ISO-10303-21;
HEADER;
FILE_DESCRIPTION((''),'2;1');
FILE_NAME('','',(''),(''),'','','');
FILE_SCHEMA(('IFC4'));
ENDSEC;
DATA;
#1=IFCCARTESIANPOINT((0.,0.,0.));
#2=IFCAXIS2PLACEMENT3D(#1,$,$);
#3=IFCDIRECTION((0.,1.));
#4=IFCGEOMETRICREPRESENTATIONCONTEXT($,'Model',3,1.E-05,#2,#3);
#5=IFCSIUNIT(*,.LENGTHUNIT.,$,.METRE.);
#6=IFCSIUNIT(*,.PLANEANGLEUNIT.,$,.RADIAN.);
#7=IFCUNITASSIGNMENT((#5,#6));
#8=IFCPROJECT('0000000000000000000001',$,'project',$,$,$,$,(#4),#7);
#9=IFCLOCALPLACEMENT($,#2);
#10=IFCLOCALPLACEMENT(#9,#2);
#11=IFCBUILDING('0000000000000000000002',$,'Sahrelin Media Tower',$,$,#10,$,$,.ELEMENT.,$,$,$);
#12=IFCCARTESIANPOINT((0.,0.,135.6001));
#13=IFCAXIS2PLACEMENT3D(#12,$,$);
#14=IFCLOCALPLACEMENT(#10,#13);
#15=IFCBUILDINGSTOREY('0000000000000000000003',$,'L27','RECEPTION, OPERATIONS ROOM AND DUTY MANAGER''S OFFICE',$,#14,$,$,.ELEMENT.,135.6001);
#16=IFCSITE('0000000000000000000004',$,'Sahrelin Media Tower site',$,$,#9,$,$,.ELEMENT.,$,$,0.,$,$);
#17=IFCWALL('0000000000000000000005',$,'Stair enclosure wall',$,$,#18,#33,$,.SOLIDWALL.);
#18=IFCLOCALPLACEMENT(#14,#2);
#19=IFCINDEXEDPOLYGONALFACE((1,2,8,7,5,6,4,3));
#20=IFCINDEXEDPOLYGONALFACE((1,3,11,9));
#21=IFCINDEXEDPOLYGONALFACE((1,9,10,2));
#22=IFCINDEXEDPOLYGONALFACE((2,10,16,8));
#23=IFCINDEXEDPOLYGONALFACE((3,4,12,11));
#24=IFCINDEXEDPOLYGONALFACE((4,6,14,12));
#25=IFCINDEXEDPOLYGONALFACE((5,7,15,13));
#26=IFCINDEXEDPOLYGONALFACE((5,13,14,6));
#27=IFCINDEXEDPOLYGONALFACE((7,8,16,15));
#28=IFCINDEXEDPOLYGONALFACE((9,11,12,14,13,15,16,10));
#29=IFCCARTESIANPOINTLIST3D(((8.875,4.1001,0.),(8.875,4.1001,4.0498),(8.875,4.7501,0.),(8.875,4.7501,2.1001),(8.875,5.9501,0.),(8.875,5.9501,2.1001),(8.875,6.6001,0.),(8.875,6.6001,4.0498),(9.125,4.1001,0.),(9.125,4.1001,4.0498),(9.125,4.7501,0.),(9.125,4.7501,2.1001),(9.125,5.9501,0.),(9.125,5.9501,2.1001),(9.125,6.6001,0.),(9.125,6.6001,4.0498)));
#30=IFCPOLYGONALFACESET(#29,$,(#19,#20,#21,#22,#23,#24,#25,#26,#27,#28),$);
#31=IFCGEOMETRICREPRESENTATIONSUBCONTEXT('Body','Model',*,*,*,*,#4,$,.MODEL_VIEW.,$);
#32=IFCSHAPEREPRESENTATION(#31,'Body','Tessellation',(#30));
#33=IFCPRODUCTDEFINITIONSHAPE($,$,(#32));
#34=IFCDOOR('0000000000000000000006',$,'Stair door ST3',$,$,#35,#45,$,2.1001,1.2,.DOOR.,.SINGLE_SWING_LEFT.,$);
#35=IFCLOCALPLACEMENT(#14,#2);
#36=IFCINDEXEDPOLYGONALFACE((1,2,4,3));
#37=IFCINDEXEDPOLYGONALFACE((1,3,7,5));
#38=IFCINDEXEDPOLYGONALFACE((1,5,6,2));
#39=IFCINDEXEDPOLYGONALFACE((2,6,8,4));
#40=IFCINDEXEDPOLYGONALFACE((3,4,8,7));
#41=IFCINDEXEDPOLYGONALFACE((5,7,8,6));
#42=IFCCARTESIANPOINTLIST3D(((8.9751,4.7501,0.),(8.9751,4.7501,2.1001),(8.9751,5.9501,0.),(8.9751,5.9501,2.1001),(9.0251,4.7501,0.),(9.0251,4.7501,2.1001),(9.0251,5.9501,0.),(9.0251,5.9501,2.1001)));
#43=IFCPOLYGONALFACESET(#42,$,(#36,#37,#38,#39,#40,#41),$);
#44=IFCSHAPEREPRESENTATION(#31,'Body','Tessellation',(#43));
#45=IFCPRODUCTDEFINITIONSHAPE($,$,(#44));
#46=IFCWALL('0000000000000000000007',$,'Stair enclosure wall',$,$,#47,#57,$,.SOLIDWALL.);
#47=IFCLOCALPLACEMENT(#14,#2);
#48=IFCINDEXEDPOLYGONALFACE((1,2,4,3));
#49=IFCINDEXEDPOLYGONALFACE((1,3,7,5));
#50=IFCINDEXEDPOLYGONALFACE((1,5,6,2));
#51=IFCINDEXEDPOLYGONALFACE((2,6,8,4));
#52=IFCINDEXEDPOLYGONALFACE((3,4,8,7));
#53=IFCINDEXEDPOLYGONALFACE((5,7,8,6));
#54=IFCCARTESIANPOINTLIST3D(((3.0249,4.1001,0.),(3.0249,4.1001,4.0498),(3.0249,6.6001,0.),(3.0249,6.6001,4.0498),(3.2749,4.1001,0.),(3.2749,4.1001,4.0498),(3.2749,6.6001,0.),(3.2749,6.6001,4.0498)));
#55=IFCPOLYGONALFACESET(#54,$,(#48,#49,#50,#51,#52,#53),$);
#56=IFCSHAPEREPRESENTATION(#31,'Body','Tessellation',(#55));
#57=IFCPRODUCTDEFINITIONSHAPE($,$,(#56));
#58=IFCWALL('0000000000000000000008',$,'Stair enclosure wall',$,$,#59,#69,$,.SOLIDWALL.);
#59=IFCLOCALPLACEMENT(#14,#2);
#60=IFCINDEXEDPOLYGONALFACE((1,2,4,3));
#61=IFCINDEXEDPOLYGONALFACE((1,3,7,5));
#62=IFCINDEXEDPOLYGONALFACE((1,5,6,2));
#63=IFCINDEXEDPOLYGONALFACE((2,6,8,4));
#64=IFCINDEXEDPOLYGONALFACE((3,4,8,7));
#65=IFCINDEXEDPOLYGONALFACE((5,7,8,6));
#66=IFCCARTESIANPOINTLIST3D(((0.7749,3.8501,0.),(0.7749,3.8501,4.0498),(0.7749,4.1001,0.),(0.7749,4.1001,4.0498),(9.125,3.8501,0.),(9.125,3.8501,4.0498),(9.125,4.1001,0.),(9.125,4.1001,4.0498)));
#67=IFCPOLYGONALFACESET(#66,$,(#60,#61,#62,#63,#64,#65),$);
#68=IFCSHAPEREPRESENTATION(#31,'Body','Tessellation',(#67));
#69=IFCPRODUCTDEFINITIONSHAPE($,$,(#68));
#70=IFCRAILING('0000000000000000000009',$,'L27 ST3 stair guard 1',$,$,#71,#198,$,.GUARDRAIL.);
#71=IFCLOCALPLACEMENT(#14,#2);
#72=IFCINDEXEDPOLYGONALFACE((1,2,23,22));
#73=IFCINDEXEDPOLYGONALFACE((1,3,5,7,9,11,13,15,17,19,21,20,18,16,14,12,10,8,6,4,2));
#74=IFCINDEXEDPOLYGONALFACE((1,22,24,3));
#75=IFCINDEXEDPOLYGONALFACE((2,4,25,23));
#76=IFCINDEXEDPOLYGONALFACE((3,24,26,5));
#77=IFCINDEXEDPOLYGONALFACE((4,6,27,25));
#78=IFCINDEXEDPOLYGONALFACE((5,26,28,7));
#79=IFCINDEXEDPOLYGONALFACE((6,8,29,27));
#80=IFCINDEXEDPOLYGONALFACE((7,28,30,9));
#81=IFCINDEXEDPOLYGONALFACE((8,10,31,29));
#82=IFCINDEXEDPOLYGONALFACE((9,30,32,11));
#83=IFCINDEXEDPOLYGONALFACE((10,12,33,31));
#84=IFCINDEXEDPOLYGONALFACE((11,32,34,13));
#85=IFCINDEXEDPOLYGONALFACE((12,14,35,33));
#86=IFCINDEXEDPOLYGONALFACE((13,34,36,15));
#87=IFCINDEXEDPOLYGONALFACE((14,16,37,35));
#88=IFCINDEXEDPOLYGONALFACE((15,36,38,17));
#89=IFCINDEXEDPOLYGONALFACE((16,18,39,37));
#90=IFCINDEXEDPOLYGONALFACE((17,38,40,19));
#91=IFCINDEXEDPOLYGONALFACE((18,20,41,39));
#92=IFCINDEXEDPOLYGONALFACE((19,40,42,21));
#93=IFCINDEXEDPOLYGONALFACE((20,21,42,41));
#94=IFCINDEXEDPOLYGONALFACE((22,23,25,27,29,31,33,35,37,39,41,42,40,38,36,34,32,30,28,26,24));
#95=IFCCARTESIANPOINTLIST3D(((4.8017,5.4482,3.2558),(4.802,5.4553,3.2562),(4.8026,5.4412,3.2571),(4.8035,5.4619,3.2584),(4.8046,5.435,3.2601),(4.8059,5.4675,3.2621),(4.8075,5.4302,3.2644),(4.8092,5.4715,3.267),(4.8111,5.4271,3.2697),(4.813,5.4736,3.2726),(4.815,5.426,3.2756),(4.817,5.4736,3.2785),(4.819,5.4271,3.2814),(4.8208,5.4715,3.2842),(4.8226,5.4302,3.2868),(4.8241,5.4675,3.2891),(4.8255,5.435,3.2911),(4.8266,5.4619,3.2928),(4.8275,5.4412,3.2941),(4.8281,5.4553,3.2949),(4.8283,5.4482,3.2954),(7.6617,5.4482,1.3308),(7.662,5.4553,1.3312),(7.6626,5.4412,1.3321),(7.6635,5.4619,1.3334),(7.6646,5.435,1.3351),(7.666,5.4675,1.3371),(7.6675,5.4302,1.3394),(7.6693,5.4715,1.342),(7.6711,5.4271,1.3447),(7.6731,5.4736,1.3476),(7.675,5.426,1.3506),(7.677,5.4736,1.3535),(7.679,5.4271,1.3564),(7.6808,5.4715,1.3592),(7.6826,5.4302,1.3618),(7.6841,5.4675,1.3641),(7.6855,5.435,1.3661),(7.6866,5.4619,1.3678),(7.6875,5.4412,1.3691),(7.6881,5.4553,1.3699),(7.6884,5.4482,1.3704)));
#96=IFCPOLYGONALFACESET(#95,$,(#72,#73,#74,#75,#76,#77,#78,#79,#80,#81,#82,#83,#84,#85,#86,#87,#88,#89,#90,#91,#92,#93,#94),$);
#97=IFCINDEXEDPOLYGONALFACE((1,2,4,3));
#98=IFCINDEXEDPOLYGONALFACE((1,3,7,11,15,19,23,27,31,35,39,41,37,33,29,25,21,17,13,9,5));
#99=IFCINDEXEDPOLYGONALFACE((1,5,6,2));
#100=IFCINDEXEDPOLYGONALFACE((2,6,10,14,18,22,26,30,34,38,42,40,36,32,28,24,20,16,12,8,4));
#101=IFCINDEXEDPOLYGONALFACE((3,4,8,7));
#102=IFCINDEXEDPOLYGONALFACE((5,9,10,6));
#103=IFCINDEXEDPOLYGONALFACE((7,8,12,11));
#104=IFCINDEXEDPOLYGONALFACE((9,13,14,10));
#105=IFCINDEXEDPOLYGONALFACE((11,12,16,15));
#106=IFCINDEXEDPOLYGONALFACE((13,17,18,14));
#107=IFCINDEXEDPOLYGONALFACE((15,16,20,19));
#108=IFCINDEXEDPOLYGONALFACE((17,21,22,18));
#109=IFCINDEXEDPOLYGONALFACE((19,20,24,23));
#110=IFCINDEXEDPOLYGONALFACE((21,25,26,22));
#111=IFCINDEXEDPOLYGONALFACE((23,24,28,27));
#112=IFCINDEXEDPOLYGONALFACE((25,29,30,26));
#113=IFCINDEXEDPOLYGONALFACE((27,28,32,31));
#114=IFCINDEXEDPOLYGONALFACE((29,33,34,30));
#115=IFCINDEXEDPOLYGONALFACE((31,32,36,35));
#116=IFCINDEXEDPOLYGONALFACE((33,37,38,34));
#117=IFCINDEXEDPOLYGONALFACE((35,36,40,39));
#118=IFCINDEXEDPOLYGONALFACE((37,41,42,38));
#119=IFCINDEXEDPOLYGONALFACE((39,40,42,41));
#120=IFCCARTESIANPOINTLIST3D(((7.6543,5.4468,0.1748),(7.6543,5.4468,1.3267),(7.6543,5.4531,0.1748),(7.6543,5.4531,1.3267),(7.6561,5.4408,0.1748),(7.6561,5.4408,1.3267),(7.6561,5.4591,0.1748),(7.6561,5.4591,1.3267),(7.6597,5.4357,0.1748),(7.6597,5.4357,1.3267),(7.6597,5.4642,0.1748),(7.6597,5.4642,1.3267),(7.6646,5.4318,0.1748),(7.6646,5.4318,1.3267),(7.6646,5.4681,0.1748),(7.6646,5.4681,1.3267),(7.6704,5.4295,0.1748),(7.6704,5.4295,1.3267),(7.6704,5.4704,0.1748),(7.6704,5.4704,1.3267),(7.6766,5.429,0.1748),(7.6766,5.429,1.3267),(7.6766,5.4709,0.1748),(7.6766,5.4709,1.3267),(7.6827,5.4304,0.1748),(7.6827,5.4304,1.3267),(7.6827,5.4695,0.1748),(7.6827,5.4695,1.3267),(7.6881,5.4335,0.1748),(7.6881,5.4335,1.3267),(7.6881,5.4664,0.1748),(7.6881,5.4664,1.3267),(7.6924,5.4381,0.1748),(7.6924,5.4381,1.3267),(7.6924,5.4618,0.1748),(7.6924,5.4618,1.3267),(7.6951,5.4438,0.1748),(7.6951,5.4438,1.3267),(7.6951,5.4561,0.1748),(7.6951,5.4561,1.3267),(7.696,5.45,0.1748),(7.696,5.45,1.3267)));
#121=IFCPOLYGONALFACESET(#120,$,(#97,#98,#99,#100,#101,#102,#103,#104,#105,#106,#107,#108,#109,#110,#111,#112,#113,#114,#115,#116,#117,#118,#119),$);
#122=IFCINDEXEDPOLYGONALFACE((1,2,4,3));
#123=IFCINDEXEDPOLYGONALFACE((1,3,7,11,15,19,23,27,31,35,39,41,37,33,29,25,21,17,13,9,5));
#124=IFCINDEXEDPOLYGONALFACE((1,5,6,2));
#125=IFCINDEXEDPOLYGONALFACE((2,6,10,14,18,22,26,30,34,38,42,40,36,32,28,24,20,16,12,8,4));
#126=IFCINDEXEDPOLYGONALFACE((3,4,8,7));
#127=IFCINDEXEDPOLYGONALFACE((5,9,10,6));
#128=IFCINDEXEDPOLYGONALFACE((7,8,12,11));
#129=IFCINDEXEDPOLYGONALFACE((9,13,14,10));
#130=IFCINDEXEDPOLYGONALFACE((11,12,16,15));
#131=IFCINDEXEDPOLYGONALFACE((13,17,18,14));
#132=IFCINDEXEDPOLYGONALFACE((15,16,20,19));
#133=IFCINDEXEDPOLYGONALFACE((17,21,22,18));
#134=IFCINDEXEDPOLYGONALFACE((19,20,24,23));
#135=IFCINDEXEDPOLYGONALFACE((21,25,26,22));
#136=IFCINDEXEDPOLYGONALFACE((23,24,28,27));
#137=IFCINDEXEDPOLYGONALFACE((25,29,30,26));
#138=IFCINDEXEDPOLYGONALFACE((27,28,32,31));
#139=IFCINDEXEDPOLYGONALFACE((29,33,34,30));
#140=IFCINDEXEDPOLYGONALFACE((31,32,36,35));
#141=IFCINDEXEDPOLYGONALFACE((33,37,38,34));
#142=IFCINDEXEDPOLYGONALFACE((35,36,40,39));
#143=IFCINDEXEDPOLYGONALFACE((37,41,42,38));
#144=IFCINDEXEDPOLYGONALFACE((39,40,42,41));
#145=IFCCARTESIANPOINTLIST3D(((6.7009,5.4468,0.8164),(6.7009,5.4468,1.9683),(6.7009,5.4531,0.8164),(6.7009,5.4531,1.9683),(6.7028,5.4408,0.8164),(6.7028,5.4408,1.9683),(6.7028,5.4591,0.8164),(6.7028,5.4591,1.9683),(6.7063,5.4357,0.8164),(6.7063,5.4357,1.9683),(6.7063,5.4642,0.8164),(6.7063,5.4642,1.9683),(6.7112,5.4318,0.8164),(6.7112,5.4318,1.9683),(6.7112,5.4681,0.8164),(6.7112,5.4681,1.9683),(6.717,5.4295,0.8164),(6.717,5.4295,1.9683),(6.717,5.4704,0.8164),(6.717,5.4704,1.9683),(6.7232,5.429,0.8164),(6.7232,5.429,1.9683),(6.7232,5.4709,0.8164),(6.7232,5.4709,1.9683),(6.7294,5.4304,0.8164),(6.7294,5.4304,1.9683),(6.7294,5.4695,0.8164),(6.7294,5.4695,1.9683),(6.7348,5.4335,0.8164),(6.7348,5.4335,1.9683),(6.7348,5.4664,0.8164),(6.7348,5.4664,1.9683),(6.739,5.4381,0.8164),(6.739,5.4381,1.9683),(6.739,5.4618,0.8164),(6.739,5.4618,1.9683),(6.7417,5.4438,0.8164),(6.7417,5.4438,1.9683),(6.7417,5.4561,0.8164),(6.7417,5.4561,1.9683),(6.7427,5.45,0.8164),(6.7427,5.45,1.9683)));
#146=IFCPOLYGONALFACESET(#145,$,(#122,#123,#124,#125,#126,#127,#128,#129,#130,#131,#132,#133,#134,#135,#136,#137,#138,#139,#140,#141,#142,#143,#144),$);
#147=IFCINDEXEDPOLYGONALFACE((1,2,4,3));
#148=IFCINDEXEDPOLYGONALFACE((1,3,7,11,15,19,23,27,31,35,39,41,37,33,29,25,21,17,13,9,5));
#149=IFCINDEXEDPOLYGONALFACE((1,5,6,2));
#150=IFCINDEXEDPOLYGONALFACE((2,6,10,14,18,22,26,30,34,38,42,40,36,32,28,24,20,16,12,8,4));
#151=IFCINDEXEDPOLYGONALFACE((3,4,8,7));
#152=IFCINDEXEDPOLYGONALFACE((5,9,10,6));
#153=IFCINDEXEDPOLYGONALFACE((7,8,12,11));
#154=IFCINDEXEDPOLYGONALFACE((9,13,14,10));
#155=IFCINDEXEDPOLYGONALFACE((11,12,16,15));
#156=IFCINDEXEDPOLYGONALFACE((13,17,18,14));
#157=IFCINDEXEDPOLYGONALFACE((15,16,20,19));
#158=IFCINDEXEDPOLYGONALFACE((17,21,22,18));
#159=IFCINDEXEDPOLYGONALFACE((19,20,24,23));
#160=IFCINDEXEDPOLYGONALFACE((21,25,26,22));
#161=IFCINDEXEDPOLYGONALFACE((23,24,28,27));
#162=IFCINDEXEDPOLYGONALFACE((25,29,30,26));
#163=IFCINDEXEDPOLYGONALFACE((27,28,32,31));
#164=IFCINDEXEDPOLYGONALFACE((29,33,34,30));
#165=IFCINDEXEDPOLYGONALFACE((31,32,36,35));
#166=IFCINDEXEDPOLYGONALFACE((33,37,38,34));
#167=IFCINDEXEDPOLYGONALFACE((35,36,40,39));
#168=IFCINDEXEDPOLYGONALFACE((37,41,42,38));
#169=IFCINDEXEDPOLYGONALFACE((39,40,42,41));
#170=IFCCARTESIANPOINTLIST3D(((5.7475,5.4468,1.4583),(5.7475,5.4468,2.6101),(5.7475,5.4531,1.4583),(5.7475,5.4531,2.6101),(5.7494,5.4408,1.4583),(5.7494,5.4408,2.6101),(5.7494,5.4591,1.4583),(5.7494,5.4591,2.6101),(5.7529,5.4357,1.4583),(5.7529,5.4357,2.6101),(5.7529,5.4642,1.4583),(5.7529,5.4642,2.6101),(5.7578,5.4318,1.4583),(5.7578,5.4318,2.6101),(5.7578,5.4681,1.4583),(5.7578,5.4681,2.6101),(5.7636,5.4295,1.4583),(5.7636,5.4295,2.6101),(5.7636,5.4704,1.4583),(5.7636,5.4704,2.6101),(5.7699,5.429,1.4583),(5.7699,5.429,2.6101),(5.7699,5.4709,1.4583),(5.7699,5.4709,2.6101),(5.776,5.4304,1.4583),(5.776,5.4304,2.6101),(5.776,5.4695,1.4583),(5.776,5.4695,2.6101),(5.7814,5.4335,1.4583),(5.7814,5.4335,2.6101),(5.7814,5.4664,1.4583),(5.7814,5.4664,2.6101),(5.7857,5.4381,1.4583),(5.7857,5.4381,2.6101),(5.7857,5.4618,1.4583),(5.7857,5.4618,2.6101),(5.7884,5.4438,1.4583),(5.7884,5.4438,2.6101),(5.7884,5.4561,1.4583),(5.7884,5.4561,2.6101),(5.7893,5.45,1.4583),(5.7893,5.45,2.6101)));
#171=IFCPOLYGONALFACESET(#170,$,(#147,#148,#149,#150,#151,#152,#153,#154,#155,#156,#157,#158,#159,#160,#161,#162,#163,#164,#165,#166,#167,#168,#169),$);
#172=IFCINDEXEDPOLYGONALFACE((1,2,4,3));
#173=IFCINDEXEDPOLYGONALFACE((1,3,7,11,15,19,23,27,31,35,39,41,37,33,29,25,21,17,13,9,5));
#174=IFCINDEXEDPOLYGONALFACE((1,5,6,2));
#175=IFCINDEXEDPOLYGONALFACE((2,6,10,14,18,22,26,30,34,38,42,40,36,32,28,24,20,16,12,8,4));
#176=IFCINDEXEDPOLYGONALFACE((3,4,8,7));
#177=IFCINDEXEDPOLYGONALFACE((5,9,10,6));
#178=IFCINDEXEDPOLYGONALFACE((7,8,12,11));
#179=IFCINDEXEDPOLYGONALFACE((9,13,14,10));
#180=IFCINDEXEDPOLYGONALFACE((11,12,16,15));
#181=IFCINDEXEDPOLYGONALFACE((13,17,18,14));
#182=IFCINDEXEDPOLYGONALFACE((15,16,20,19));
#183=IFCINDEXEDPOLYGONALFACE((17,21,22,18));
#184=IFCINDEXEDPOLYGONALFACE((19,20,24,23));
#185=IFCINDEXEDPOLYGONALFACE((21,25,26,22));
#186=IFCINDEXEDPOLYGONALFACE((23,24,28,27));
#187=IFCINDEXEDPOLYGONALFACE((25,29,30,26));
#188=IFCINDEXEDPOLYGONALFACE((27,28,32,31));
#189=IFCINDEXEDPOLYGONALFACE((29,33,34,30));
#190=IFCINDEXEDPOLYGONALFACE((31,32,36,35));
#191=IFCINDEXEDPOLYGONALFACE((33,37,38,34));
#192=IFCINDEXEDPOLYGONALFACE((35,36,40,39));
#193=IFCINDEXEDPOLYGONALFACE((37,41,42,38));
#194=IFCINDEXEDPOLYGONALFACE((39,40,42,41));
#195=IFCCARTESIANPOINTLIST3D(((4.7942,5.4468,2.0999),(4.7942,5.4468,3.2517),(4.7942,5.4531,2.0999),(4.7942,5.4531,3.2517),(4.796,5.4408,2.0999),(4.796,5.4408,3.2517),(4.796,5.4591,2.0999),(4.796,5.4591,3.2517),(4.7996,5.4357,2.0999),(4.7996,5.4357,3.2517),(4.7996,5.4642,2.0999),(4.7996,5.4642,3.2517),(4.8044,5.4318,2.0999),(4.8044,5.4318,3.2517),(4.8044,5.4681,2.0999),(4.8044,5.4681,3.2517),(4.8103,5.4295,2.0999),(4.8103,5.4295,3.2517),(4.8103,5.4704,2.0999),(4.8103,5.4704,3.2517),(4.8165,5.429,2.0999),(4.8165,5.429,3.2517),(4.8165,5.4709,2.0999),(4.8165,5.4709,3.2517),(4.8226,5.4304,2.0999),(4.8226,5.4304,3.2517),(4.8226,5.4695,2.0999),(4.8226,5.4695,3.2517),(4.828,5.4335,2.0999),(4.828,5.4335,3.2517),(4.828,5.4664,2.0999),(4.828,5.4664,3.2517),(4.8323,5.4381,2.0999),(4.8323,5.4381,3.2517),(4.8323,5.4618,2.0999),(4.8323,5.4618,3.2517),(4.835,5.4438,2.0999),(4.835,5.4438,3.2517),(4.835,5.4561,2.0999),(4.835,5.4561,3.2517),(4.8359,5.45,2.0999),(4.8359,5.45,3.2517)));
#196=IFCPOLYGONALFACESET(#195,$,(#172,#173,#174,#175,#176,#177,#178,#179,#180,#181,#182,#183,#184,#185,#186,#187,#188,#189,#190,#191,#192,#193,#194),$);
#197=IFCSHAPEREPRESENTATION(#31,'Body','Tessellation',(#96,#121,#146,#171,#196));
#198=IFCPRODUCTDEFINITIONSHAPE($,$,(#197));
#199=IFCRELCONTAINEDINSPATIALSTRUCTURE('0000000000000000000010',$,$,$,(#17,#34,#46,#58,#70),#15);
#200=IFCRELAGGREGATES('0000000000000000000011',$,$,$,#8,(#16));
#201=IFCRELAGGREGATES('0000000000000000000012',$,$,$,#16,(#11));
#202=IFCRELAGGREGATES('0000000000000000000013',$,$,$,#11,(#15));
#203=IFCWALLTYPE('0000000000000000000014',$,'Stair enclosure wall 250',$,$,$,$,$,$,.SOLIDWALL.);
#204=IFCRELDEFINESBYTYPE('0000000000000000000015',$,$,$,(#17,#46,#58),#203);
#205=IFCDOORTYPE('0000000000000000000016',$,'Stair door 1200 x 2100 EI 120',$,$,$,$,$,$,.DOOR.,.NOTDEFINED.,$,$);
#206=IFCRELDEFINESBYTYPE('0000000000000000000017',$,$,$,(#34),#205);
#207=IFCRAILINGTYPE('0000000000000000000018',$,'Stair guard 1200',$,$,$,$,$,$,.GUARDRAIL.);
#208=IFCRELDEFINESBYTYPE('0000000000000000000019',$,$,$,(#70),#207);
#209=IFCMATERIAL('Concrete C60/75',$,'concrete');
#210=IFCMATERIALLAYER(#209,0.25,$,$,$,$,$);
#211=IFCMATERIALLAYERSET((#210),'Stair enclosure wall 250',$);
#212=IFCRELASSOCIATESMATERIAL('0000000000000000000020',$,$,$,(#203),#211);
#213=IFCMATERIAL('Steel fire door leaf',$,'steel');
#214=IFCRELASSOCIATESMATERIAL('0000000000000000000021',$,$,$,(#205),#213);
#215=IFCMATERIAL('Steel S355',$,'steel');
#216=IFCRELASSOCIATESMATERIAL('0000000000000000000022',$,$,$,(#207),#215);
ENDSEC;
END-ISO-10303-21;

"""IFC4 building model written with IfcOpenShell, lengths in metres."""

from ifc_helpers import new_model, si_unit, direction, frame, frame_2d, origin, origin_2d, place, context, subcontext, project, spatial, rectangle, circle, extrude, material, layer, layer_set, type_object, element, fill, save


model = new_model("IFC4")

# Units and contexts
model_context = context("Model", 3, precision=1e-05, world=origin(), true_north=direction((0.0, 1.0)))
body_context = subcontext(model_context, "Body", "Model", "MODEL_VIEW")
ifc_project = project(units=[si_unit("LENGTHUNIT", "METRE"), si_unit("PLANEANGLEUNIT", "RADIAN")], contexts=[model_context])

# Site, building, storey
site_placement = place(None, origin())
site = spatial("IfcSite", under=ifc_project, at=site_placement, Name="Sahrelin Media Tower site", CompositionType="ELEMENT", RefElevation=0.0)
building_placement = place(site_placement, origin())
building = spatial("IfcBuilding", under=site, at=building_placement, Name="Sahrelin Media Tower", CompositionType="ELEMENT")
storey_placement = place(building_placement, frame((0.0, 0.0, 135.6001)))
storey = spatial("IfcBuildingStorey", under=building, at=storey_placement, Name="L27", Description="RECEPTION, OPERATIONS ROOM AND DUTY MANAGER'S OFFICE", CompositionType="ELEMENT", Elevation=135.6001)

# Shared definitions
ifc_material_1 = material(Name="Steel S355", Category="steel")

# Shared definitions
ifc_material_2 = material(Name="Steel fire door leaf", Category="steel")

# Shared definitions
ifc_material_3 = material(Name="Concrete C60/75", Category="concrete")

# Wall, opening, door
ifc_layer_1 = layer(ifc_material_3, 0.25)
ifc_layer_set_1 = layer_set([ifc_layer_1], Name="Stair enclosure wall 250")
wall_type_1 = type_object("IfcWallType", Name="Stair enclosure wall 250", PredefinedType="SOLIDWALL", material=ifc_layer_set_1)
wall_1_placement = place(storey_placement, frame((9.0, 4.1001, 0.0), z_axis=(0.0, 0.0, 1.0), x_axis=(0.0, 1.0, 0.0)))
wall_1 = element("IfcWall", 1, at=wall_1_placement, inside=storey, type_object=wall_type_1, Name="Stair enclosure wall", PredefinedType="SOLIDWALL", context=body_context, shape_type="SweptSolid", body=[
    extrude(rectangle(XDim=2.5, YDim=0.25, at=frame_2d((1.25, 0.0))), origin(), (0.0, 0.0, 1.0), 4.0498),
])
opening_1_placement = place(wall_1_placement, frame((0.6499, 0.0, 0.0)))
opening_1 = element("IfcOpeningElement", 2, at=opening_1_placement, cuts=wall_1, PredefinedType="OPENING", context=body_context, shape_type="SweptSolid", body=[
    extrude(rectangle(XDim=1.2, YDim=2.1001, at=frame_2d((0.6001, 1.05))), frame((0.0, 0.125, 0.0), z_axis=(0.0, -1.0, 0.0), x_axis=(1.0, 0.0, 0.0)), (0.0, 0.0, 1.0), 0.25),
])
door_type_1 = type_object("IfcDoorType", Name="Stair door 1200 x 2100 EI 120", OperationType="NOTDEFINED", PredefinedType="DOOR", material=ifc_material_2)
door_1_placement = place(opening_1_placement, origin())
door_1 = element("IfcDoor", 3, at=door_1_placement, inside=storey, type_object=door_type_1, Name="Stair door ST3", OperationType="SINGLE_SWING_LEFT", OverallHeight=2.1001, OverallWidth=1.2, PredefinedType="DOOR", context=body_context, shape_type="SweptSolid", body=[
    extrude(rectangle(XDim=1.2, YDim=2.1001, at=frame_2d((0.6001, 1.05))), frame((0.0, 0.0249, 0.0), z_axis=(0.0, -1.0, 0.0), x_axis=(1.0, 0.0, 0.0)), (0.0, 0.0, 1.0), 0.05),
])
fill(opening_1, door_1)

# Walls
wall_2_placement = place(storey_placement, frame((3.1499, 4.1001, 0.0), z_axis=(0.0, 0.0, 1.0), x_axis=(0.0, 1.0, 0.0)))
element("IfcWall", 4, at=wall_2_placement, inside=storey, type_object=wall_type_1, Name="Stair enclosure wall", PredefinedType="SOLIDWALL", context=body_context, shape_type="SweptSolid", body=[
    extrude(rectangle(XDim=2.5, YDim=0.25, at=frame_2d((1.25, 0.0))), origin(), (0.0, 0.0, 1.0), 4.0498),
])
wall_3_placement = place(storey_placement, frame((0.7749, 3.9751, 0.0), z_axis=(0.0, 0.0, 1.0), x_axis=(1.0, 0.0, 0.0)))
element("IfcWall", 5, at=wall_3_placement, inside=storey, type_object=wall_type_1, Name="Stair enclosure wall", PredefinedType="SOLIDWALL", context=body_context, shape_type="SweptSolid", body=[
    extrude(rectangle(XDim=8.3501, YDim=0.25, at=frame_2d((4.175, 0.0))), origin(), (0.0, 0.0, 1.0), 4.0498),
])

# Railing
railing_type_1 = type_object("IfcRailingType", Name="Stair guard 1200", PredefinedType="GUARDRAIL", material=ifc_material_1)
railing_1_placement = place(storey_placement, frame((7.675, 5.45, 0.1748)))
element("IfcRailing", 6, at=railing_1_placement, inside=storey, type_object=railing_type_1, Name="L27 ST3 stair guard 1", PredefinedType="GUARDRAIL", context=body_context, shape_type="SweptSolid", body=[
    extrude(circle(Radius=0.0239, at=origin_2d()), frame((0.0, 0.0, 1.1758), z_axis=(-0.829591, 0.0, 0.558372), x_axis=(0.0, -1.0, 0.0)), (0.0, 0.0, 1.0), 3.4475),
    extrude(circle(Radius=0.021, at=origin_2d()), origin(), (0.0, 0.0, 1.0), 1.1519),
    extrude(circle(Radius=0.021, at=origin_2d()), frame((-0.9534, 0.0, 0.6416)), (0.0, 0.0, 1.0), 1.1519),
    extrude(circle(Radius=0.021, at=origin_2d()), frame((-1.9067, 0.0, 1.2834)), (0.0, 0.0, 1.0), 1.1519),
    extrude(circle(Radius=0.021, at=origin_2d()), frame((-2.8601, 0.0, 1.925)), (0.0, 0.0, 1.0), 1.1519),
])

save(model, "model.ifc")
